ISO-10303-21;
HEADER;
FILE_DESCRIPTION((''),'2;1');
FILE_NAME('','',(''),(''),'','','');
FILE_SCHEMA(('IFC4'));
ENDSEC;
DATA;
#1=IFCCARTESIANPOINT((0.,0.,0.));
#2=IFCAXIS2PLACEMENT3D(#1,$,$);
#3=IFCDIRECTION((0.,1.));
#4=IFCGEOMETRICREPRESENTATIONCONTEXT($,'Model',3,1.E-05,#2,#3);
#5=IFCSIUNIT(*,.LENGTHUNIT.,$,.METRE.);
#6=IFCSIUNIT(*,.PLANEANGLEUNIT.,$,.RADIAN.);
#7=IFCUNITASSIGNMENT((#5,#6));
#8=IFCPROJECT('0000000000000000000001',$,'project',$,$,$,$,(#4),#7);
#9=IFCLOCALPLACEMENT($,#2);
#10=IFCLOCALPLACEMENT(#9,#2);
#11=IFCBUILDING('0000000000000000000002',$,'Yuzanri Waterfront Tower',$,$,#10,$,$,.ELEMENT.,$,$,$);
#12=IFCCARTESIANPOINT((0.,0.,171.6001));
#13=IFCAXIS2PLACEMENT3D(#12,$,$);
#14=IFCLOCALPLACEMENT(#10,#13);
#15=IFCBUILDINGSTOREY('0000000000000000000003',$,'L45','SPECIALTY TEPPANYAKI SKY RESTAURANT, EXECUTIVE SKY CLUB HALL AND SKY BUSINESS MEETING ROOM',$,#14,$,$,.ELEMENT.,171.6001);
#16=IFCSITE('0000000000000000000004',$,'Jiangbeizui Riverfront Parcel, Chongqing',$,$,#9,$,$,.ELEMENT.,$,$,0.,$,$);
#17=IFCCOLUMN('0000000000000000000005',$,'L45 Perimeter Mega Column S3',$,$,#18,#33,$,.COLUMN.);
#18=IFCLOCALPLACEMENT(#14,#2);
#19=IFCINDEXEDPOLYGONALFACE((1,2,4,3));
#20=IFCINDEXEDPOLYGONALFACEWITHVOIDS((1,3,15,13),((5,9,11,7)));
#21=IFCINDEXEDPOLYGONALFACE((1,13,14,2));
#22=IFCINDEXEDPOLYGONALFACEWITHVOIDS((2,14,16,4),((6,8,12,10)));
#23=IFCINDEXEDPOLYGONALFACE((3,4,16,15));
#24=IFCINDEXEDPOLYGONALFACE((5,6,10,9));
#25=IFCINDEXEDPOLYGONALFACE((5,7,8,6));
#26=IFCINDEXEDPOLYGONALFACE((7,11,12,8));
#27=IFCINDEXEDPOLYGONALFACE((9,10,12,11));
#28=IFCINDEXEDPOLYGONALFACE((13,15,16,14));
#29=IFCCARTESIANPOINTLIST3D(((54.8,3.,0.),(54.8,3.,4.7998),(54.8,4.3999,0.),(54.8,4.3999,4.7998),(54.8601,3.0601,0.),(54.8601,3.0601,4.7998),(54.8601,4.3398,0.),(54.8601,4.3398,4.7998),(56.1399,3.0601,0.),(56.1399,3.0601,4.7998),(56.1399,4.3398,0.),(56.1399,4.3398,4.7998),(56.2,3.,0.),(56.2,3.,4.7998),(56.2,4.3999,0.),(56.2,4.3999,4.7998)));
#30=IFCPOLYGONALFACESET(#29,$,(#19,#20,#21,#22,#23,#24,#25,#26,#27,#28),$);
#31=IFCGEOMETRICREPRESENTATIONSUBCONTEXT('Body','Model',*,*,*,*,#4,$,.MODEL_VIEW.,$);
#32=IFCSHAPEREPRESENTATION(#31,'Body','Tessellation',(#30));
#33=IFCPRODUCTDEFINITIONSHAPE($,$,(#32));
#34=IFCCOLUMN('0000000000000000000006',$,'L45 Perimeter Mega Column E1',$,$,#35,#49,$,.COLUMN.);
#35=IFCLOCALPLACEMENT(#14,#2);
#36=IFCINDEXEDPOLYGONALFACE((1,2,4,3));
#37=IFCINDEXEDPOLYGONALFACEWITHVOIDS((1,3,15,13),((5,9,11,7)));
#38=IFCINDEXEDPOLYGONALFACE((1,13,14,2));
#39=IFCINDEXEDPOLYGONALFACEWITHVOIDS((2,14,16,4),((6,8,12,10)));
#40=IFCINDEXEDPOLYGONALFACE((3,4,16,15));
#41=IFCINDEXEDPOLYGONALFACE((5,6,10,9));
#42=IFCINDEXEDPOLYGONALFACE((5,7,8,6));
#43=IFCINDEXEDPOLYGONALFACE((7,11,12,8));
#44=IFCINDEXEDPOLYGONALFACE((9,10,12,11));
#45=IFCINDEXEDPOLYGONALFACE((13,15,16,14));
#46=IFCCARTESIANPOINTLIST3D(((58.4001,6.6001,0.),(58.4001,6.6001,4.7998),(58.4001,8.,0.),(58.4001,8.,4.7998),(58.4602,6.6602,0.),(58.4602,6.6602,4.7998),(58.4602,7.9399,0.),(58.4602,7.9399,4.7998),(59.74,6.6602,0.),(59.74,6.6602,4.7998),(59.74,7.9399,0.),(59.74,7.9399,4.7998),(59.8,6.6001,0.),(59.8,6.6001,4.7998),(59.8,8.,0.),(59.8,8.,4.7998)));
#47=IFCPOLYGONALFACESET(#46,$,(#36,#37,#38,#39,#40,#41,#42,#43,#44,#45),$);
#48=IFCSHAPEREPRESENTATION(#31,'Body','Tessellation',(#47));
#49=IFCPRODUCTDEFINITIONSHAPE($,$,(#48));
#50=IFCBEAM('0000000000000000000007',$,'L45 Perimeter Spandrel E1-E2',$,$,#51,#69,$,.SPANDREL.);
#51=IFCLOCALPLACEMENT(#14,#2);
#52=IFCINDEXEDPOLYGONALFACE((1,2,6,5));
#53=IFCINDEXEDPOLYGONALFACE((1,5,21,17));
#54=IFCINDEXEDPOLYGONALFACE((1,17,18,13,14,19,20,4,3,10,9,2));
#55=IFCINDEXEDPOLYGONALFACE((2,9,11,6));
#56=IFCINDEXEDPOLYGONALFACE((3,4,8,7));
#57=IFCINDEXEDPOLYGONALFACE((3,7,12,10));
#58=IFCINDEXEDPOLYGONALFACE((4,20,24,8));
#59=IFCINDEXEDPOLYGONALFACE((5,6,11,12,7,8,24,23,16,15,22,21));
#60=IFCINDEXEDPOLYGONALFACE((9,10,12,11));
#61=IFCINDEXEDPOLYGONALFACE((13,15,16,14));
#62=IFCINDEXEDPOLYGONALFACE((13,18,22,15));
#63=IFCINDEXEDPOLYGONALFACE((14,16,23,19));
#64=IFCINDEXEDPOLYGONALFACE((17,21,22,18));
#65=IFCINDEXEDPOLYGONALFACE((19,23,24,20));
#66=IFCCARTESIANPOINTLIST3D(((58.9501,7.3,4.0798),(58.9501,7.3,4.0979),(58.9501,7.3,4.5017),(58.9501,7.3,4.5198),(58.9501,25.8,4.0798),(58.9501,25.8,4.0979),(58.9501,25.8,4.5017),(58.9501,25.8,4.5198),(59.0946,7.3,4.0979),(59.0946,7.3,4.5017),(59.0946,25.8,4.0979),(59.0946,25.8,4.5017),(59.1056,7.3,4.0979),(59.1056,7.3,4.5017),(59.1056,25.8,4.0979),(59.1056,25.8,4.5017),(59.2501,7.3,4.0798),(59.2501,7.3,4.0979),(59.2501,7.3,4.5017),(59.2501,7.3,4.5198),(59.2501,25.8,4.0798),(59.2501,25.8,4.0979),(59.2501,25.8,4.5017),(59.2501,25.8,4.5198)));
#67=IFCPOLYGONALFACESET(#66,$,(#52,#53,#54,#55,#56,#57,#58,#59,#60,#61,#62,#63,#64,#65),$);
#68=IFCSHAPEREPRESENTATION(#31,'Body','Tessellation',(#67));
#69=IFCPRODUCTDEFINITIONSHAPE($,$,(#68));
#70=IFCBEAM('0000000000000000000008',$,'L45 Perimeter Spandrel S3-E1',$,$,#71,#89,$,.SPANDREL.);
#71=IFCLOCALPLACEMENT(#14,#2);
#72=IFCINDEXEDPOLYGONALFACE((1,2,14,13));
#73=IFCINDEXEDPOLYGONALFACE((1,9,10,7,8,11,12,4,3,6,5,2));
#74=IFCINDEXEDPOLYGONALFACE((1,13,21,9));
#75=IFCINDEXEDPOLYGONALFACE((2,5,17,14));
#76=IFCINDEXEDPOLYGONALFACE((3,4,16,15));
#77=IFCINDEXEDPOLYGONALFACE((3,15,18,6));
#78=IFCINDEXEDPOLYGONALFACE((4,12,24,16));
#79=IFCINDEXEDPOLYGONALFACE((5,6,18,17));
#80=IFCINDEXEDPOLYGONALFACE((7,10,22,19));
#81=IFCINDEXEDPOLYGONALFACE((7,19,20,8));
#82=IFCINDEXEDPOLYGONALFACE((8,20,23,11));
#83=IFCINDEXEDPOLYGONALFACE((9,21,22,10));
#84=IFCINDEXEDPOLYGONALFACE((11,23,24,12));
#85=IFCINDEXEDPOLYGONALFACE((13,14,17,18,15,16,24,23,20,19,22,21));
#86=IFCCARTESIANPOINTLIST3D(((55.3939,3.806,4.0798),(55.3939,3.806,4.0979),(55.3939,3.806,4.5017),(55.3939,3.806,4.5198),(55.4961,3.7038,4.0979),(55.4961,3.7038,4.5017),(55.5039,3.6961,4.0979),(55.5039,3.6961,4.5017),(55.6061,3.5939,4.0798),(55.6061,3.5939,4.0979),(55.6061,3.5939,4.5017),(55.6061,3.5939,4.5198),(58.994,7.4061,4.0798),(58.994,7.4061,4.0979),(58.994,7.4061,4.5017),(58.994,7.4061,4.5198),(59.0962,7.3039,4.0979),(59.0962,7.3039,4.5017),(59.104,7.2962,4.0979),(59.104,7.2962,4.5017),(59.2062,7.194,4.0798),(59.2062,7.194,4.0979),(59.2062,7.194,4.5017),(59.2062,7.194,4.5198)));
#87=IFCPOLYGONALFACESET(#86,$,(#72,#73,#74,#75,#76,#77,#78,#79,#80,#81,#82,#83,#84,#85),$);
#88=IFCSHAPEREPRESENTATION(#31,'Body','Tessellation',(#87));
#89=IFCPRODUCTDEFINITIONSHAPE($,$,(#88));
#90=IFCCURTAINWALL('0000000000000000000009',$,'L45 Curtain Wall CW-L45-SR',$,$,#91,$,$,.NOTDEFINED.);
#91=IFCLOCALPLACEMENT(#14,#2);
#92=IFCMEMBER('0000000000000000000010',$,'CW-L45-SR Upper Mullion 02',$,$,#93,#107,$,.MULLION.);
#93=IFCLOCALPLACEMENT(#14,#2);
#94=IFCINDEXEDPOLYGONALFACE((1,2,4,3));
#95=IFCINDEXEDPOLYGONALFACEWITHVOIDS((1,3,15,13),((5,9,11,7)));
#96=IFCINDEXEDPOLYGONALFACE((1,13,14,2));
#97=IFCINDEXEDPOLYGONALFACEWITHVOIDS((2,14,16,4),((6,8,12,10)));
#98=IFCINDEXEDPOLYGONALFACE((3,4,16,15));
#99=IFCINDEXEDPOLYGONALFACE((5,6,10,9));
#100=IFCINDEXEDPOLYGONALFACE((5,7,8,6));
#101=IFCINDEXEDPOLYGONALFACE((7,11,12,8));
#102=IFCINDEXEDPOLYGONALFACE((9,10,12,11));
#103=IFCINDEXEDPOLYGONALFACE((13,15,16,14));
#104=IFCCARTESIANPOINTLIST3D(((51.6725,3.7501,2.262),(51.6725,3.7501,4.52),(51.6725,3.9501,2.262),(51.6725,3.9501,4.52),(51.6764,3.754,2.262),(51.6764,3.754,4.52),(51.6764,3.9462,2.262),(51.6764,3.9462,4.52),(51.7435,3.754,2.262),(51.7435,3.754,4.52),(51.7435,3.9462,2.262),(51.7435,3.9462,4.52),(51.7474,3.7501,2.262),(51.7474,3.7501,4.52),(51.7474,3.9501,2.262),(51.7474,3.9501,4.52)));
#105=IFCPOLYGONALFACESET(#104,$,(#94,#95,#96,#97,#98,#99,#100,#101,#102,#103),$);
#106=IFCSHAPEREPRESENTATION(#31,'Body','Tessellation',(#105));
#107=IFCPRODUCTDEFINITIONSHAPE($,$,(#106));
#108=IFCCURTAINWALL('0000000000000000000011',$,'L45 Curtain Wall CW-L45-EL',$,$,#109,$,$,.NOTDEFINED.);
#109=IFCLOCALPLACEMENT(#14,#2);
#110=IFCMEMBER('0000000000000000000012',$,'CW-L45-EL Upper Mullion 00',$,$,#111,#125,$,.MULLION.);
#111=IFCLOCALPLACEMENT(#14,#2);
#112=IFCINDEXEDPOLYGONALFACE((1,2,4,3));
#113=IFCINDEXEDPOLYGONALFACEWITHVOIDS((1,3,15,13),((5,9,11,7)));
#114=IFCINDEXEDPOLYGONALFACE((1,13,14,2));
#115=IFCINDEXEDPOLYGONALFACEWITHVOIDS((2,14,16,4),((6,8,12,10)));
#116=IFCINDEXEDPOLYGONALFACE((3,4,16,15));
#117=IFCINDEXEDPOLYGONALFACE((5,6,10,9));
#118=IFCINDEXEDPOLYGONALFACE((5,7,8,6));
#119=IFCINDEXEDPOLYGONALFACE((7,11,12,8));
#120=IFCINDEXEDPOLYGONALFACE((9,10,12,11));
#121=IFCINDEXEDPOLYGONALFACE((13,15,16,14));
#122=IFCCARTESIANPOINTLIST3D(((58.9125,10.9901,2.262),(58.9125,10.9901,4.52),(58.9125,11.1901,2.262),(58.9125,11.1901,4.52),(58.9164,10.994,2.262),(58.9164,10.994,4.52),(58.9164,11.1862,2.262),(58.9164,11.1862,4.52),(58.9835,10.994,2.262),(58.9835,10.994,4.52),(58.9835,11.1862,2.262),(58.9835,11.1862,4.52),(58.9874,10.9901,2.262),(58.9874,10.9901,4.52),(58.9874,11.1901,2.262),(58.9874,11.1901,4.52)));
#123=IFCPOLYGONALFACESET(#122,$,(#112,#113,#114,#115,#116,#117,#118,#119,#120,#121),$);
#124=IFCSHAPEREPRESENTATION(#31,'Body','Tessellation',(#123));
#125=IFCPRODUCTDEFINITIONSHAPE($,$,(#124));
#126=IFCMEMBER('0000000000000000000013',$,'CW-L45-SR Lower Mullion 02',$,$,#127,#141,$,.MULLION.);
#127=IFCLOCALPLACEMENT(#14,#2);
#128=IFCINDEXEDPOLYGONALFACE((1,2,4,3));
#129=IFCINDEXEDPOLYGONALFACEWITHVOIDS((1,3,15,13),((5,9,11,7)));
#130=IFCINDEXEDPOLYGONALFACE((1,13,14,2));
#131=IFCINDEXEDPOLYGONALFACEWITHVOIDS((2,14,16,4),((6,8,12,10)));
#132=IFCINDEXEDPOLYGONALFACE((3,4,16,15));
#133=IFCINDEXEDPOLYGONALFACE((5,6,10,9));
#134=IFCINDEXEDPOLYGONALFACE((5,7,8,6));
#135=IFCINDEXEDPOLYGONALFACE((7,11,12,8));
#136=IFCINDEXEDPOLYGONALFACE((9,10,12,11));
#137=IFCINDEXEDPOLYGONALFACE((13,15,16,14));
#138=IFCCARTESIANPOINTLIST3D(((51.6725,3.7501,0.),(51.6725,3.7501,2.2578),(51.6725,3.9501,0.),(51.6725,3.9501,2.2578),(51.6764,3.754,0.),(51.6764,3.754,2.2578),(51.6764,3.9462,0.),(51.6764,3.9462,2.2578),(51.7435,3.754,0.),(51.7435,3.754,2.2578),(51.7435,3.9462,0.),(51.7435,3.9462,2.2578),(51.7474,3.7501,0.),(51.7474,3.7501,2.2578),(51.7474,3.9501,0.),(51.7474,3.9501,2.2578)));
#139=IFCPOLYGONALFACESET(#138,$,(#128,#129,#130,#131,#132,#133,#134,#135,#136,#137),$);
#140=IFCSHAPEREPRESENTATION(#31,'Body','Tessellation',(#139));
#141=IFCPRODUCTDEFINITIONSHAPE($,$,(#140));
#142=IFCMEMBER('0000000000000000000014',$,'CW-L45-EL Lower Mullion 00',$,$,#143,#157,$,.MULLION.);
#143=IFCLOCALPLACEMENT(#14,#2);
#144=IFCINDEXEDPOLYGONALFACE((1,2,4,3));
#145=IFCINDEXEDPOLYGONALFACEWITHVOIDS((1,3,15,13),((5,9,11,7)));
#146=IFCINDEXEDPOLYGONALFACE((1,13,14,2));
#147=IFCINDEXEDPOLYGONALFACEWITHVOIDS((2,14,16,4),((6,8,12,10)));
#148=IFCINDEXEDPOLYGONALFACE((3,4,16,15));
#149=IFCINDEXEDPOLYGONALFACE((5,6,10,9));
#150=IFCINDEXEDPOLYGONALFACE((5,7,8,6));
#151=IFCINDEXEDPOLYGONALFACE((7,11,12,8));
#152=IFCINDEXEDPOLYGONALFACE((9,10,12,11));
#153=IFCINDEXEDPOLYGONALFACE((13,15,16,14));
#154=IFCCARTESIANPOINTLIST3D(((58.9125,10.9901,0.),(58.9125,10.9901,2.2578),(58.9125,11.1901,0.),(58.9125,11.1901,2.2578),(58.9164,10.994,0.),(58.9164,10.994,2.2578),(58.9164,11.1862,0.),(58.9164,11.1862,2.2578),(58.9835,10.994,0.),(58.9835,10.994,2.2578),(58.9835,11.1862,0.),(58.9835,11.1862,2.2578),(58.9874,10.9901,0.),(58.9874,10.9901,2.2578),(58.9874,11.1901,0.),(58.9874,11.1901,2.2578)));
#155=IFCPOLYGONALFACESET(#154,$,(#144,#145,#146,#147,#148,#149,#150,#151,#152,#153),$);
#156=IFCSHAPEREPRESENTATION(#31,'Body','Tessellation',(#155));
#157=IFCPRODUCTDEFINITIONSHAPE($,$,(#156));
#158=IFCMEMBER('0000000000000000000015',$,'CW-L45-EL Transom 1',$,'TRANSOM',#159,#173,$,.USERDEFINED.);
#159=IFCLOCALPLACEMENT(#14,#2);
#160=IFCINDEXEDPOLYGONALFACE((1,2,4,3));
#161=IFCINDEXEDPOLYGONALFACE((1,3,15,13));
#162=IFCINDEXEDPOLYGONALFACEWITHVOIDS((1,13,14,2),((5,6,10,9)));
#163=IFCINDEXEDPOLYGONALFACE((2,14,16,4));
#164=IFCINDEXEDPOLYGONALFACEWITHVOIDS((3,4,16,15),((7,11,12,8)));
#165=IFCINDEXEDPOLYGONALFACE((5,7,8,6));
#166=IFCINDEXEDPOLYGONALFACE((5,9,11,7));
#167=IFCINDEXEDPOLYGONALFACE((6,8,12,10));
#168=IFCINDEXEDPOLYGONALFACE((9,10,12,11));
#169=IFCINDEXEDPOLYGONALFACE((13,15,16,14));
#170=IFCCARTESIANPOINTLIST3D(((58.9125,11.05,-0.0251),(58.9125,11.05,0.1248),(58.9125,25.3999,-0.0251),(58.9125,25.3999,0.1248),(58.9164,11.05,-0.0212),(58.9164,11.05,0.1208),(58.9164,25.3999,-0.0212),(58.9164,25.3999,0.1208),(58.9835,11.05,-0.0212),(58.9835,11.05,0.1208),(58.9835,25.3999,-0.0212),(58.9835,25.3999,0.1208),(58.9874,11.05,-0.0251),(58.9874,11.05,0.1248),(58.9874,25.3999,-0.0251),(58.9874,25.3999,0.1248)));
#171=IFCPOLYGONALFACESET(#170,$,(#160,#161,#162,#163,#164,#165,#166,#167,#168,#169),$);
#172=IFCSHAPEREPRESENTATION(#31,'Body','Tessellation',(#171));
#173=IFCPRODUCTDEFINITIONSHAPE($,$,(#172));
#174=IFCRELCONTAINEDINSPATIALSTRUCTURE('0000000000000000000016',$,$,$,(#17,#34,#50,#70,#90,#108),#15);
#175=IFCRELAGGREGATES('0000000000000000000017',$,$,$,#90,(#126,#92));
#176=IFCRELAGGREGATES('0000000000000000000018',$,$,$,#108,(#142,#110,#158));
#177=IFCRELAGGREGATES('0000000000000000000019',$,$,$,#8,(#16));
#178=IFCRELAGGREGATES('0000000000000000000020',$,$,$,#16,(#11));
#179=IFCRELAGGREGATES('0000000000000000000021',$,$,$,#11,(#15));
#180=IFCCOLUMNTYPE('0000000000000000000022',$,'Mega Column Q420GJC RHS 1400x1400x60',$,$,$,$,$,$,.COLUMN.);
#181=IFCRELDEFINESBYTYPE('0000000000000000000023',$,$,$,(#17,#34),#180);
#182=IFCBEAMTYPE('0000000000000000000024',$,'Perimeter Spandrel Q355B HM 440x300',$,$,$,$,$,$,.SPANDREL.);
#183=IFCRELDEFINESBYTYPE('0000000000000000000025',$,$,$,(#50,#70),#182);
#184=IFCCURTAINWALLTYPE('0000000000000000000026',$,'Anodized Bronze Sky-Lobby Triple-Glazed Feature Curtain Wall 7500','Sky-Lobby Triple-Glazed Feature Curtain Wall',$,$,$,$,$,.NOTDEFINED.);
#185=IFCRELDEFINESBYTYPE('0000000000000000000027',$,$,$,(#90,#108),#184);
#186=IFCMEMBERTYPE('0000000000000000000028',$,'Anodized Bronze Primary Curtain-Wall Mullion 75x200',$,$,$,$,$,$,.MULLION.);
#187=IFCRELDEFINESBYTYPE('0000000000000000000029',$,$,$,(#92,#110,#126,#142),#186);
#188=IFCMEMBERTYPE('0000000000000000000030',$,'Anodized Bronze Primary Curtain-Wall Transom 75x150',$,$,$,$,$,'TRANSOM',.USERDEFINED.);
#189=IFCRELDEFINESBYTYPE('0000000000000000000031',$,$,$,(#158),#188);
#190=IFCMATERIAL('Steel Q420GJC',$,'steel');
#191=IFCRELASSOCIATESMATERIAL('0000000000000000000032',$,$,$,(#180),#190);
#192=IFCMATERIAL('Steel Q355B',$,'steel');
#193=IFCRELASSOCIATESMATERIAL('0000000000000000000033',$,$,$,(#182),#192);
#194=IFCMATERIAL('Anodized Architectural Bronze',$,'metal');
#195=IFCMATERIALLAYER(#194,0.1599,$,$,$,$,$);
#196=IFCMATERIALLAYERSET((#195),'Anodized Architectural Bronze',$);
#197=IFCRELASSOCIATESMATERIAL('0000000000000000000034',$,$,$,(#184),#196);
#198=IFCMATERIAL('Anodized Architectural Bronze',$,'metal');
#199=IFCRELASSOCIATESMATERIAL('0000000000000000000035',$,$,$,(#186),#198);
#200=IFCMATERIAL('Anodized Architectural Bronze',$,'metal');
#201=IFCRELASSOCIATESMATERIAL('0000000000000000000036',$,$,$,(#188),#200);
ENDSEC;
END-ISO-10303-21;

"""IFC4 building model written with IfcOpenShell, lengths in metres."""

from ifc_helpers import new_model, si_unit, direction, frame, origin, origin_2d, place, context, subcontext, project, spatial, hollow_rectangle, i_section, extrude, source, transform, mapped, material, layer, layer_set, material_profile, profile_set, type_object, element, aggregate, save


model = new_model("IFC4")

# Units and contexts
model_context = context("Model", 3, precision=1e-05, world=origin(), true_north=direction((0.0, 1.0)))
body_context = subcontext(model_context, "Body", "Model", "MODEL_VIEW")
ifc_project = project(units=[si_unit("LENGTHUNIT", "METRE"), si_unit("PLANEANGLEUNIT", "RADIAN")], contexts=[model_context])

# Site, building, storey
site_placement = place(None, origin())
site = spatial("IfcSite", under=ifc_project, at=site_placement, Name="Jiangbeizui Riverfront Parcel, Chongqing", CompositionType="ELEMENT", RefElevation=0.0)
building_placement = place(site_placement, origin())
building = spatial("IfcBuilding", under=site, at=building_placement, Name="Yuzanri Waterfront Tower", CompositionType="ELEMENT")
storey_placement = place(building_placement, frame((0.0, 0.0, 171.6001)))
storey = spatial("IfcBuildingStorey", under=building, at=storey_placement, Name="L45", Description="SPECIALTY TEPPANYAKI SKY RESTAURANT, EXECUTIVE SKY CLUB HALL AND SKY BUSINESS MEETING ROOM", CompositionType="ELEMENT", Elevation=171.6001)

# Columns
ifc_material_1 = material(Name="Steel Q420GJC", Category="steel")
ifc_material_profile_1 = material_profile(ifc_material_1, hollow_rectangle(XDim=1.3999, YDim=1.3999, WallThickness=0.0601, at=origin_2d()), Name="RHS 1400x1400x60")
ifc_profile_set_1 = profile_set([ifc_material_profile_1], Name="Steel Q420GJC")
column_type = type_object("IfcColumnType", Name="Mega Column Q420GJC RHS 1400x1400x60", PredefinedType="COLUMN", material=ifc_profile_set_1)
shared_shape_1 = source(origin(), body_context, "Body", "SweptSolid", [
    extrude(hollow_rectangle(XDim=1.3999, YDim=1.3999, WallThickness=0.0601, at=origin_2d()), origin(), (0.0, 0.0, 1.0), 4.7998),
])
for number, where, z_axis, x_axis, name in (
    (1, (55.5, 3.7, 0.0), (0.0, 0.0, 1.0), (1.0, 0.0, 0.0), "L45 Perimeter Mega Column S3"),
    (2, (59.1001, 7.3, 0.0), (0.0, 0.0, 1.0), (1.0, 0.0, 0.0), "L45 Perimeter Mega Column E1"),
):
    element("IfcColumn", number, at=place(storey_placement, frame(where, z_axis=z_axis, x_axis=x_axis)), inside=storey, type_object=column_type, Name=name, PredefinedType="COLUMN", context=body_context, shape_type="MappedRepresentation", body=[
        mapped(shared_shape_1, transform((0.0, 0.0, 0.0), scale=1.0)),
    ])

# Beams
ifc_material_2 = material(Name="Steel Q355B", Category="steel")
ifc_material_profile_2 = material_profile(ifc_material_2, i_section(OverallWidth=0.3, OverallDepth=0.4399, WebThickness=0.011, FlangeThickness=0.0181, at=origin_2d()), Name="HM 440x300x11x18")
ifc_profile_set_2 = profile_set([ifc_material_profile_2], Name="Steel Q355B")
beam_type = type_object("IfcBeamType", Name="Perimeter Spandrel Q355B HM 440x300", PredefinedType="SPANDREL", material=ifc_profile_set_2)
shared_shape_2 = source(origin(), body_context, "Body", "SweptSolid", [
    extrude(i_section(OverallWidth=0.3, OverallDepth=0.4399, WebThickness=0.011, FlangeThickness=0.0181, at=origin_2d()), origin(), (0.0, 0.0, 1.0), 18.5),
])
beam_1_placement = place(storey_placement, frame((59.1001, 7.3, 4.2998), z_axis=(0.0, 1.0, 0.0), x_axis=(-1.0, 0.0, 0.0)))
element("IfcBeam", 3, at=beam_1_placement, inside=storey, type_object=beam_type, Name="L45 Perimeter Spandrel E1-E2", PredefinedType="SPANDREL", context=body_context, shape_type="MappedRepresentation", body=[
    mapped(shared_shape_2, transform((0.0, 0.0, 0.0), scale=1.0)),
])
shared_shape_3 = source(origin(), body_context, "Body", "SweptSolid", [
    extrude(i_section(OverallWidth=0.3, OverallDepth=0.4399, WebThickness=0.011, FlangeThickness=0.0181, at=origin_2d()), origin(), (0.0, 0.0, 1.0), 5.0913),
])
beam_2_placement = place(storey_placement, frame((55.5, 3.7, 4.2998), z_axis=(0.707107, 0.707107, 0.0), x_axis=(-0.707107, 0.707107, 0.0)))
element("IfcBeam", 4, at=beam_2_placement, inside=storey, type_object=beam_type, Name="L45 Perimeter Spandrel S3-E1", PredefinedType="SPANDREL", context=body_context, shape_type="MappedRepresentation", body=[
    mapped(shared_shape_3, transform((0.0, 0.0, 0.0), scale=1.0)),
])

# Curtain walls, members
ifc_material_3 = material(Name="Anodized Architectural Bronze", Category="metal")
ifc_layer_1 = layer(ifc_material_3, 0.1599)
ifc_layer_set_1 = layer_set([ifc_layer_1], Name="Anodized Architectural Bronze")
curtain_wall_type = type_object("IfcCurtainWallType", Name="Anodized Bronze Sky-Lobby Triple-Glazed Feature Curtain Wall 7500", Description="Sky-Lobby Triple-Glazed Feature Curtain Wall", PredefinedType="NOTDEFINED", material=ifc_layer_set_1)
curtain_wall_1_placement = place(storey_placement, origin())
curtain_wall_1 = element("IfcCurtainWall", 5, at=curtain_wall_1_placement, inside=storey, type_object=curtain_wall_type, Name="L45 Curtain Wall CW-L45-SR", PredefinedType="NOTDEFINED")
ifc_material_4 = material(Name="Anodized Architectural Bronze", Category="metal")
ifc_material_profile_3 = material_profile(ifc_material_4, hollow_rectangle(XDim=0.075, YDim=0.2, WallThickness=0.0039, at=origin_2d()), Name="CWM 75x200")
ifc_profile_set_3 = profile_set([ifc_material_profile_3], Name="Anodized Architectural Bronze")
member_type_1 = type_object("IfcMemberType", Name="Anodized Bronze Primary Curtain-Wall Mullion 75x200", PredefinedType="MULLION", material=ifc_profile_set_3)
shared_shape_4 = source(origin(), body_context, "Body", "SweptSolid", [
    extrude(hollow_rectangle(XDim=0.075, YDim=0.2, WallThickness=0.0039, at=origin_2d()), origin(), (0.0, 0.0, 1.0), 2.2581),
])
member_1_placement = place(storey_placement, frame((51.71, 3.8501, 2.262), z_axis=(0.0, 0.0, 1.0), x_axis=(1.0, 0.0, 0.0)))
member_1 = element("IfcMember", 6, at=member_1_placement, type_object=member_type_1, Name="CW-L45-SR Upper Mullion 02", PredefinedType="MULLION", context=body_context, shape_type="MappedRepresentation", body=[
    mapped(shared_shape_4, transform((0.0, 0.0, 0.0), scale=1.0)),
])
curtain_wall_2_placement = place(storey_placement, origin())
curtain_wall_2 = element("IfcCurtainWall", 7, at=curtain_wall_2_placement, inside=storey, type_object=curtain_wall_type, Name="L45 Curtain Wall CW-L45-EL", PredefinedType="NOTDEFINED")
member_2_placement = place(storey_placement, frame((58.95, 11.0901, 2.262), z_axis=(0.0, 0.0, 1.0), x_axis=(1.0, 0.0, 0.0)))
member_2 = element("IfcMember", 8, at=member_2_placement, type_object=member_type_1, Name="CW-L45-EL Upper Mullion 00", PredefinedType="MULLION", context=body_context, shape_type="MappedRepresentation", body=[
    mapped(shared_shape_4, transform((0.0, 0.0, 0.0), scale=1.0)),
])

# Members
shared_shape_5 = source(origin(), body_context, "Body", "SweptSolid", [
    extrude(hollow_rectangle(XDim=0.075, YDim=0.2, WallThickness=0.0039, at=origin_2d()), origin(), (0.0, 0.0, 1.0), 2.2578),
])
member_3_placement = place(storey_placement, frame((51.71, 3.8501, 0.0), z_axis=(0.0, 0.0, 1.0), x_axis=(1.0, 0.0, 0.0)))
member_3 = element("IfcMember", 9, at=member_3_placement, type_object=member_type_1, Name="CW-L45-SR Lower Mullion 02", PredefinedType="MULLION", context=body_context, shape_type="MappedRepresentation", body=[
    mapped(shared_shape_5, transform((0.0, 0.0, 0.0), scale=1.0)),
])
aggregate(curtain_wall_1, [member_3, member_1])
member_4_placement = place(storey_placement, frame((58.95, 11.0901, 0.0), z_axis=(0.0, 0.0, 1.0), x_axis=(1.0, 0.0, 0.0)))
member_4 = element("IfcMember", 10, at=member_4_placement, type_object=member_type_1, Name="CW-L45-EL Lower Mullion 00", PredefinedType="MULLION", context=body_context, shape_type="MappedRepresentation", body=[
    mapped(shared_shape_5, transform((0.0, 0.0, 0.0), scale=1.0)),
])
ifc_material_5 = material(Name="Anodized Architectural Bronze", Category="metal")
ifc_material_profile_4 = material_profile(ifc_material_5, hollow_rectangle(XDim=0.075, YDim=0.1499, WallThickness=0.0039, at=origin_2d()), Name="CWT 75x150")
ifc_profile_set_4 = profile_set([ifc_material_profile_4], Name="Anodized Architectural Bronze")
member_type_2 = type_object("IfcMemberType", Name="Anodized Bronze Primary Curtain-Wall Transom 75x150", ElementType="TRANSOM", PredefinedType="USERDEFINED", material=ifc_profile_set_4)
shared_shape_6 = source(origin(), body_context, "Body", "SweptSolid", [
    extrude(hollow_rectangle(XDim=0.075, YDim=0.1499, WallThickness=0.0039, at=origin_2d()), origin(), (0.0, 0.0, 1.0), 14.3499),
])
member_5_placement = place(storey_placement, frame((58.95, 11.05, 0.0498), z_axis=(0.0, 1.0, 0.0), x_axis=(-1.0, 0.0, 0.0)))
member_5 = element("IfcMember", 11, at=member_5_placement, type_object=member_type_2, Name="CW-L45-EL Transom 1", ObjectType="TRANSOM", PredefinedType="USERDEFINED", context=body_context, shape_type="MappedRepresentation", body=[
    mapped(shared_shape_6, transform((0.0, 0.0, 0.0), scale=1.0)),
])
aggregate(curtain_wall_2, [member_4, member_2, member_5])

save(model, "model.ifc")
